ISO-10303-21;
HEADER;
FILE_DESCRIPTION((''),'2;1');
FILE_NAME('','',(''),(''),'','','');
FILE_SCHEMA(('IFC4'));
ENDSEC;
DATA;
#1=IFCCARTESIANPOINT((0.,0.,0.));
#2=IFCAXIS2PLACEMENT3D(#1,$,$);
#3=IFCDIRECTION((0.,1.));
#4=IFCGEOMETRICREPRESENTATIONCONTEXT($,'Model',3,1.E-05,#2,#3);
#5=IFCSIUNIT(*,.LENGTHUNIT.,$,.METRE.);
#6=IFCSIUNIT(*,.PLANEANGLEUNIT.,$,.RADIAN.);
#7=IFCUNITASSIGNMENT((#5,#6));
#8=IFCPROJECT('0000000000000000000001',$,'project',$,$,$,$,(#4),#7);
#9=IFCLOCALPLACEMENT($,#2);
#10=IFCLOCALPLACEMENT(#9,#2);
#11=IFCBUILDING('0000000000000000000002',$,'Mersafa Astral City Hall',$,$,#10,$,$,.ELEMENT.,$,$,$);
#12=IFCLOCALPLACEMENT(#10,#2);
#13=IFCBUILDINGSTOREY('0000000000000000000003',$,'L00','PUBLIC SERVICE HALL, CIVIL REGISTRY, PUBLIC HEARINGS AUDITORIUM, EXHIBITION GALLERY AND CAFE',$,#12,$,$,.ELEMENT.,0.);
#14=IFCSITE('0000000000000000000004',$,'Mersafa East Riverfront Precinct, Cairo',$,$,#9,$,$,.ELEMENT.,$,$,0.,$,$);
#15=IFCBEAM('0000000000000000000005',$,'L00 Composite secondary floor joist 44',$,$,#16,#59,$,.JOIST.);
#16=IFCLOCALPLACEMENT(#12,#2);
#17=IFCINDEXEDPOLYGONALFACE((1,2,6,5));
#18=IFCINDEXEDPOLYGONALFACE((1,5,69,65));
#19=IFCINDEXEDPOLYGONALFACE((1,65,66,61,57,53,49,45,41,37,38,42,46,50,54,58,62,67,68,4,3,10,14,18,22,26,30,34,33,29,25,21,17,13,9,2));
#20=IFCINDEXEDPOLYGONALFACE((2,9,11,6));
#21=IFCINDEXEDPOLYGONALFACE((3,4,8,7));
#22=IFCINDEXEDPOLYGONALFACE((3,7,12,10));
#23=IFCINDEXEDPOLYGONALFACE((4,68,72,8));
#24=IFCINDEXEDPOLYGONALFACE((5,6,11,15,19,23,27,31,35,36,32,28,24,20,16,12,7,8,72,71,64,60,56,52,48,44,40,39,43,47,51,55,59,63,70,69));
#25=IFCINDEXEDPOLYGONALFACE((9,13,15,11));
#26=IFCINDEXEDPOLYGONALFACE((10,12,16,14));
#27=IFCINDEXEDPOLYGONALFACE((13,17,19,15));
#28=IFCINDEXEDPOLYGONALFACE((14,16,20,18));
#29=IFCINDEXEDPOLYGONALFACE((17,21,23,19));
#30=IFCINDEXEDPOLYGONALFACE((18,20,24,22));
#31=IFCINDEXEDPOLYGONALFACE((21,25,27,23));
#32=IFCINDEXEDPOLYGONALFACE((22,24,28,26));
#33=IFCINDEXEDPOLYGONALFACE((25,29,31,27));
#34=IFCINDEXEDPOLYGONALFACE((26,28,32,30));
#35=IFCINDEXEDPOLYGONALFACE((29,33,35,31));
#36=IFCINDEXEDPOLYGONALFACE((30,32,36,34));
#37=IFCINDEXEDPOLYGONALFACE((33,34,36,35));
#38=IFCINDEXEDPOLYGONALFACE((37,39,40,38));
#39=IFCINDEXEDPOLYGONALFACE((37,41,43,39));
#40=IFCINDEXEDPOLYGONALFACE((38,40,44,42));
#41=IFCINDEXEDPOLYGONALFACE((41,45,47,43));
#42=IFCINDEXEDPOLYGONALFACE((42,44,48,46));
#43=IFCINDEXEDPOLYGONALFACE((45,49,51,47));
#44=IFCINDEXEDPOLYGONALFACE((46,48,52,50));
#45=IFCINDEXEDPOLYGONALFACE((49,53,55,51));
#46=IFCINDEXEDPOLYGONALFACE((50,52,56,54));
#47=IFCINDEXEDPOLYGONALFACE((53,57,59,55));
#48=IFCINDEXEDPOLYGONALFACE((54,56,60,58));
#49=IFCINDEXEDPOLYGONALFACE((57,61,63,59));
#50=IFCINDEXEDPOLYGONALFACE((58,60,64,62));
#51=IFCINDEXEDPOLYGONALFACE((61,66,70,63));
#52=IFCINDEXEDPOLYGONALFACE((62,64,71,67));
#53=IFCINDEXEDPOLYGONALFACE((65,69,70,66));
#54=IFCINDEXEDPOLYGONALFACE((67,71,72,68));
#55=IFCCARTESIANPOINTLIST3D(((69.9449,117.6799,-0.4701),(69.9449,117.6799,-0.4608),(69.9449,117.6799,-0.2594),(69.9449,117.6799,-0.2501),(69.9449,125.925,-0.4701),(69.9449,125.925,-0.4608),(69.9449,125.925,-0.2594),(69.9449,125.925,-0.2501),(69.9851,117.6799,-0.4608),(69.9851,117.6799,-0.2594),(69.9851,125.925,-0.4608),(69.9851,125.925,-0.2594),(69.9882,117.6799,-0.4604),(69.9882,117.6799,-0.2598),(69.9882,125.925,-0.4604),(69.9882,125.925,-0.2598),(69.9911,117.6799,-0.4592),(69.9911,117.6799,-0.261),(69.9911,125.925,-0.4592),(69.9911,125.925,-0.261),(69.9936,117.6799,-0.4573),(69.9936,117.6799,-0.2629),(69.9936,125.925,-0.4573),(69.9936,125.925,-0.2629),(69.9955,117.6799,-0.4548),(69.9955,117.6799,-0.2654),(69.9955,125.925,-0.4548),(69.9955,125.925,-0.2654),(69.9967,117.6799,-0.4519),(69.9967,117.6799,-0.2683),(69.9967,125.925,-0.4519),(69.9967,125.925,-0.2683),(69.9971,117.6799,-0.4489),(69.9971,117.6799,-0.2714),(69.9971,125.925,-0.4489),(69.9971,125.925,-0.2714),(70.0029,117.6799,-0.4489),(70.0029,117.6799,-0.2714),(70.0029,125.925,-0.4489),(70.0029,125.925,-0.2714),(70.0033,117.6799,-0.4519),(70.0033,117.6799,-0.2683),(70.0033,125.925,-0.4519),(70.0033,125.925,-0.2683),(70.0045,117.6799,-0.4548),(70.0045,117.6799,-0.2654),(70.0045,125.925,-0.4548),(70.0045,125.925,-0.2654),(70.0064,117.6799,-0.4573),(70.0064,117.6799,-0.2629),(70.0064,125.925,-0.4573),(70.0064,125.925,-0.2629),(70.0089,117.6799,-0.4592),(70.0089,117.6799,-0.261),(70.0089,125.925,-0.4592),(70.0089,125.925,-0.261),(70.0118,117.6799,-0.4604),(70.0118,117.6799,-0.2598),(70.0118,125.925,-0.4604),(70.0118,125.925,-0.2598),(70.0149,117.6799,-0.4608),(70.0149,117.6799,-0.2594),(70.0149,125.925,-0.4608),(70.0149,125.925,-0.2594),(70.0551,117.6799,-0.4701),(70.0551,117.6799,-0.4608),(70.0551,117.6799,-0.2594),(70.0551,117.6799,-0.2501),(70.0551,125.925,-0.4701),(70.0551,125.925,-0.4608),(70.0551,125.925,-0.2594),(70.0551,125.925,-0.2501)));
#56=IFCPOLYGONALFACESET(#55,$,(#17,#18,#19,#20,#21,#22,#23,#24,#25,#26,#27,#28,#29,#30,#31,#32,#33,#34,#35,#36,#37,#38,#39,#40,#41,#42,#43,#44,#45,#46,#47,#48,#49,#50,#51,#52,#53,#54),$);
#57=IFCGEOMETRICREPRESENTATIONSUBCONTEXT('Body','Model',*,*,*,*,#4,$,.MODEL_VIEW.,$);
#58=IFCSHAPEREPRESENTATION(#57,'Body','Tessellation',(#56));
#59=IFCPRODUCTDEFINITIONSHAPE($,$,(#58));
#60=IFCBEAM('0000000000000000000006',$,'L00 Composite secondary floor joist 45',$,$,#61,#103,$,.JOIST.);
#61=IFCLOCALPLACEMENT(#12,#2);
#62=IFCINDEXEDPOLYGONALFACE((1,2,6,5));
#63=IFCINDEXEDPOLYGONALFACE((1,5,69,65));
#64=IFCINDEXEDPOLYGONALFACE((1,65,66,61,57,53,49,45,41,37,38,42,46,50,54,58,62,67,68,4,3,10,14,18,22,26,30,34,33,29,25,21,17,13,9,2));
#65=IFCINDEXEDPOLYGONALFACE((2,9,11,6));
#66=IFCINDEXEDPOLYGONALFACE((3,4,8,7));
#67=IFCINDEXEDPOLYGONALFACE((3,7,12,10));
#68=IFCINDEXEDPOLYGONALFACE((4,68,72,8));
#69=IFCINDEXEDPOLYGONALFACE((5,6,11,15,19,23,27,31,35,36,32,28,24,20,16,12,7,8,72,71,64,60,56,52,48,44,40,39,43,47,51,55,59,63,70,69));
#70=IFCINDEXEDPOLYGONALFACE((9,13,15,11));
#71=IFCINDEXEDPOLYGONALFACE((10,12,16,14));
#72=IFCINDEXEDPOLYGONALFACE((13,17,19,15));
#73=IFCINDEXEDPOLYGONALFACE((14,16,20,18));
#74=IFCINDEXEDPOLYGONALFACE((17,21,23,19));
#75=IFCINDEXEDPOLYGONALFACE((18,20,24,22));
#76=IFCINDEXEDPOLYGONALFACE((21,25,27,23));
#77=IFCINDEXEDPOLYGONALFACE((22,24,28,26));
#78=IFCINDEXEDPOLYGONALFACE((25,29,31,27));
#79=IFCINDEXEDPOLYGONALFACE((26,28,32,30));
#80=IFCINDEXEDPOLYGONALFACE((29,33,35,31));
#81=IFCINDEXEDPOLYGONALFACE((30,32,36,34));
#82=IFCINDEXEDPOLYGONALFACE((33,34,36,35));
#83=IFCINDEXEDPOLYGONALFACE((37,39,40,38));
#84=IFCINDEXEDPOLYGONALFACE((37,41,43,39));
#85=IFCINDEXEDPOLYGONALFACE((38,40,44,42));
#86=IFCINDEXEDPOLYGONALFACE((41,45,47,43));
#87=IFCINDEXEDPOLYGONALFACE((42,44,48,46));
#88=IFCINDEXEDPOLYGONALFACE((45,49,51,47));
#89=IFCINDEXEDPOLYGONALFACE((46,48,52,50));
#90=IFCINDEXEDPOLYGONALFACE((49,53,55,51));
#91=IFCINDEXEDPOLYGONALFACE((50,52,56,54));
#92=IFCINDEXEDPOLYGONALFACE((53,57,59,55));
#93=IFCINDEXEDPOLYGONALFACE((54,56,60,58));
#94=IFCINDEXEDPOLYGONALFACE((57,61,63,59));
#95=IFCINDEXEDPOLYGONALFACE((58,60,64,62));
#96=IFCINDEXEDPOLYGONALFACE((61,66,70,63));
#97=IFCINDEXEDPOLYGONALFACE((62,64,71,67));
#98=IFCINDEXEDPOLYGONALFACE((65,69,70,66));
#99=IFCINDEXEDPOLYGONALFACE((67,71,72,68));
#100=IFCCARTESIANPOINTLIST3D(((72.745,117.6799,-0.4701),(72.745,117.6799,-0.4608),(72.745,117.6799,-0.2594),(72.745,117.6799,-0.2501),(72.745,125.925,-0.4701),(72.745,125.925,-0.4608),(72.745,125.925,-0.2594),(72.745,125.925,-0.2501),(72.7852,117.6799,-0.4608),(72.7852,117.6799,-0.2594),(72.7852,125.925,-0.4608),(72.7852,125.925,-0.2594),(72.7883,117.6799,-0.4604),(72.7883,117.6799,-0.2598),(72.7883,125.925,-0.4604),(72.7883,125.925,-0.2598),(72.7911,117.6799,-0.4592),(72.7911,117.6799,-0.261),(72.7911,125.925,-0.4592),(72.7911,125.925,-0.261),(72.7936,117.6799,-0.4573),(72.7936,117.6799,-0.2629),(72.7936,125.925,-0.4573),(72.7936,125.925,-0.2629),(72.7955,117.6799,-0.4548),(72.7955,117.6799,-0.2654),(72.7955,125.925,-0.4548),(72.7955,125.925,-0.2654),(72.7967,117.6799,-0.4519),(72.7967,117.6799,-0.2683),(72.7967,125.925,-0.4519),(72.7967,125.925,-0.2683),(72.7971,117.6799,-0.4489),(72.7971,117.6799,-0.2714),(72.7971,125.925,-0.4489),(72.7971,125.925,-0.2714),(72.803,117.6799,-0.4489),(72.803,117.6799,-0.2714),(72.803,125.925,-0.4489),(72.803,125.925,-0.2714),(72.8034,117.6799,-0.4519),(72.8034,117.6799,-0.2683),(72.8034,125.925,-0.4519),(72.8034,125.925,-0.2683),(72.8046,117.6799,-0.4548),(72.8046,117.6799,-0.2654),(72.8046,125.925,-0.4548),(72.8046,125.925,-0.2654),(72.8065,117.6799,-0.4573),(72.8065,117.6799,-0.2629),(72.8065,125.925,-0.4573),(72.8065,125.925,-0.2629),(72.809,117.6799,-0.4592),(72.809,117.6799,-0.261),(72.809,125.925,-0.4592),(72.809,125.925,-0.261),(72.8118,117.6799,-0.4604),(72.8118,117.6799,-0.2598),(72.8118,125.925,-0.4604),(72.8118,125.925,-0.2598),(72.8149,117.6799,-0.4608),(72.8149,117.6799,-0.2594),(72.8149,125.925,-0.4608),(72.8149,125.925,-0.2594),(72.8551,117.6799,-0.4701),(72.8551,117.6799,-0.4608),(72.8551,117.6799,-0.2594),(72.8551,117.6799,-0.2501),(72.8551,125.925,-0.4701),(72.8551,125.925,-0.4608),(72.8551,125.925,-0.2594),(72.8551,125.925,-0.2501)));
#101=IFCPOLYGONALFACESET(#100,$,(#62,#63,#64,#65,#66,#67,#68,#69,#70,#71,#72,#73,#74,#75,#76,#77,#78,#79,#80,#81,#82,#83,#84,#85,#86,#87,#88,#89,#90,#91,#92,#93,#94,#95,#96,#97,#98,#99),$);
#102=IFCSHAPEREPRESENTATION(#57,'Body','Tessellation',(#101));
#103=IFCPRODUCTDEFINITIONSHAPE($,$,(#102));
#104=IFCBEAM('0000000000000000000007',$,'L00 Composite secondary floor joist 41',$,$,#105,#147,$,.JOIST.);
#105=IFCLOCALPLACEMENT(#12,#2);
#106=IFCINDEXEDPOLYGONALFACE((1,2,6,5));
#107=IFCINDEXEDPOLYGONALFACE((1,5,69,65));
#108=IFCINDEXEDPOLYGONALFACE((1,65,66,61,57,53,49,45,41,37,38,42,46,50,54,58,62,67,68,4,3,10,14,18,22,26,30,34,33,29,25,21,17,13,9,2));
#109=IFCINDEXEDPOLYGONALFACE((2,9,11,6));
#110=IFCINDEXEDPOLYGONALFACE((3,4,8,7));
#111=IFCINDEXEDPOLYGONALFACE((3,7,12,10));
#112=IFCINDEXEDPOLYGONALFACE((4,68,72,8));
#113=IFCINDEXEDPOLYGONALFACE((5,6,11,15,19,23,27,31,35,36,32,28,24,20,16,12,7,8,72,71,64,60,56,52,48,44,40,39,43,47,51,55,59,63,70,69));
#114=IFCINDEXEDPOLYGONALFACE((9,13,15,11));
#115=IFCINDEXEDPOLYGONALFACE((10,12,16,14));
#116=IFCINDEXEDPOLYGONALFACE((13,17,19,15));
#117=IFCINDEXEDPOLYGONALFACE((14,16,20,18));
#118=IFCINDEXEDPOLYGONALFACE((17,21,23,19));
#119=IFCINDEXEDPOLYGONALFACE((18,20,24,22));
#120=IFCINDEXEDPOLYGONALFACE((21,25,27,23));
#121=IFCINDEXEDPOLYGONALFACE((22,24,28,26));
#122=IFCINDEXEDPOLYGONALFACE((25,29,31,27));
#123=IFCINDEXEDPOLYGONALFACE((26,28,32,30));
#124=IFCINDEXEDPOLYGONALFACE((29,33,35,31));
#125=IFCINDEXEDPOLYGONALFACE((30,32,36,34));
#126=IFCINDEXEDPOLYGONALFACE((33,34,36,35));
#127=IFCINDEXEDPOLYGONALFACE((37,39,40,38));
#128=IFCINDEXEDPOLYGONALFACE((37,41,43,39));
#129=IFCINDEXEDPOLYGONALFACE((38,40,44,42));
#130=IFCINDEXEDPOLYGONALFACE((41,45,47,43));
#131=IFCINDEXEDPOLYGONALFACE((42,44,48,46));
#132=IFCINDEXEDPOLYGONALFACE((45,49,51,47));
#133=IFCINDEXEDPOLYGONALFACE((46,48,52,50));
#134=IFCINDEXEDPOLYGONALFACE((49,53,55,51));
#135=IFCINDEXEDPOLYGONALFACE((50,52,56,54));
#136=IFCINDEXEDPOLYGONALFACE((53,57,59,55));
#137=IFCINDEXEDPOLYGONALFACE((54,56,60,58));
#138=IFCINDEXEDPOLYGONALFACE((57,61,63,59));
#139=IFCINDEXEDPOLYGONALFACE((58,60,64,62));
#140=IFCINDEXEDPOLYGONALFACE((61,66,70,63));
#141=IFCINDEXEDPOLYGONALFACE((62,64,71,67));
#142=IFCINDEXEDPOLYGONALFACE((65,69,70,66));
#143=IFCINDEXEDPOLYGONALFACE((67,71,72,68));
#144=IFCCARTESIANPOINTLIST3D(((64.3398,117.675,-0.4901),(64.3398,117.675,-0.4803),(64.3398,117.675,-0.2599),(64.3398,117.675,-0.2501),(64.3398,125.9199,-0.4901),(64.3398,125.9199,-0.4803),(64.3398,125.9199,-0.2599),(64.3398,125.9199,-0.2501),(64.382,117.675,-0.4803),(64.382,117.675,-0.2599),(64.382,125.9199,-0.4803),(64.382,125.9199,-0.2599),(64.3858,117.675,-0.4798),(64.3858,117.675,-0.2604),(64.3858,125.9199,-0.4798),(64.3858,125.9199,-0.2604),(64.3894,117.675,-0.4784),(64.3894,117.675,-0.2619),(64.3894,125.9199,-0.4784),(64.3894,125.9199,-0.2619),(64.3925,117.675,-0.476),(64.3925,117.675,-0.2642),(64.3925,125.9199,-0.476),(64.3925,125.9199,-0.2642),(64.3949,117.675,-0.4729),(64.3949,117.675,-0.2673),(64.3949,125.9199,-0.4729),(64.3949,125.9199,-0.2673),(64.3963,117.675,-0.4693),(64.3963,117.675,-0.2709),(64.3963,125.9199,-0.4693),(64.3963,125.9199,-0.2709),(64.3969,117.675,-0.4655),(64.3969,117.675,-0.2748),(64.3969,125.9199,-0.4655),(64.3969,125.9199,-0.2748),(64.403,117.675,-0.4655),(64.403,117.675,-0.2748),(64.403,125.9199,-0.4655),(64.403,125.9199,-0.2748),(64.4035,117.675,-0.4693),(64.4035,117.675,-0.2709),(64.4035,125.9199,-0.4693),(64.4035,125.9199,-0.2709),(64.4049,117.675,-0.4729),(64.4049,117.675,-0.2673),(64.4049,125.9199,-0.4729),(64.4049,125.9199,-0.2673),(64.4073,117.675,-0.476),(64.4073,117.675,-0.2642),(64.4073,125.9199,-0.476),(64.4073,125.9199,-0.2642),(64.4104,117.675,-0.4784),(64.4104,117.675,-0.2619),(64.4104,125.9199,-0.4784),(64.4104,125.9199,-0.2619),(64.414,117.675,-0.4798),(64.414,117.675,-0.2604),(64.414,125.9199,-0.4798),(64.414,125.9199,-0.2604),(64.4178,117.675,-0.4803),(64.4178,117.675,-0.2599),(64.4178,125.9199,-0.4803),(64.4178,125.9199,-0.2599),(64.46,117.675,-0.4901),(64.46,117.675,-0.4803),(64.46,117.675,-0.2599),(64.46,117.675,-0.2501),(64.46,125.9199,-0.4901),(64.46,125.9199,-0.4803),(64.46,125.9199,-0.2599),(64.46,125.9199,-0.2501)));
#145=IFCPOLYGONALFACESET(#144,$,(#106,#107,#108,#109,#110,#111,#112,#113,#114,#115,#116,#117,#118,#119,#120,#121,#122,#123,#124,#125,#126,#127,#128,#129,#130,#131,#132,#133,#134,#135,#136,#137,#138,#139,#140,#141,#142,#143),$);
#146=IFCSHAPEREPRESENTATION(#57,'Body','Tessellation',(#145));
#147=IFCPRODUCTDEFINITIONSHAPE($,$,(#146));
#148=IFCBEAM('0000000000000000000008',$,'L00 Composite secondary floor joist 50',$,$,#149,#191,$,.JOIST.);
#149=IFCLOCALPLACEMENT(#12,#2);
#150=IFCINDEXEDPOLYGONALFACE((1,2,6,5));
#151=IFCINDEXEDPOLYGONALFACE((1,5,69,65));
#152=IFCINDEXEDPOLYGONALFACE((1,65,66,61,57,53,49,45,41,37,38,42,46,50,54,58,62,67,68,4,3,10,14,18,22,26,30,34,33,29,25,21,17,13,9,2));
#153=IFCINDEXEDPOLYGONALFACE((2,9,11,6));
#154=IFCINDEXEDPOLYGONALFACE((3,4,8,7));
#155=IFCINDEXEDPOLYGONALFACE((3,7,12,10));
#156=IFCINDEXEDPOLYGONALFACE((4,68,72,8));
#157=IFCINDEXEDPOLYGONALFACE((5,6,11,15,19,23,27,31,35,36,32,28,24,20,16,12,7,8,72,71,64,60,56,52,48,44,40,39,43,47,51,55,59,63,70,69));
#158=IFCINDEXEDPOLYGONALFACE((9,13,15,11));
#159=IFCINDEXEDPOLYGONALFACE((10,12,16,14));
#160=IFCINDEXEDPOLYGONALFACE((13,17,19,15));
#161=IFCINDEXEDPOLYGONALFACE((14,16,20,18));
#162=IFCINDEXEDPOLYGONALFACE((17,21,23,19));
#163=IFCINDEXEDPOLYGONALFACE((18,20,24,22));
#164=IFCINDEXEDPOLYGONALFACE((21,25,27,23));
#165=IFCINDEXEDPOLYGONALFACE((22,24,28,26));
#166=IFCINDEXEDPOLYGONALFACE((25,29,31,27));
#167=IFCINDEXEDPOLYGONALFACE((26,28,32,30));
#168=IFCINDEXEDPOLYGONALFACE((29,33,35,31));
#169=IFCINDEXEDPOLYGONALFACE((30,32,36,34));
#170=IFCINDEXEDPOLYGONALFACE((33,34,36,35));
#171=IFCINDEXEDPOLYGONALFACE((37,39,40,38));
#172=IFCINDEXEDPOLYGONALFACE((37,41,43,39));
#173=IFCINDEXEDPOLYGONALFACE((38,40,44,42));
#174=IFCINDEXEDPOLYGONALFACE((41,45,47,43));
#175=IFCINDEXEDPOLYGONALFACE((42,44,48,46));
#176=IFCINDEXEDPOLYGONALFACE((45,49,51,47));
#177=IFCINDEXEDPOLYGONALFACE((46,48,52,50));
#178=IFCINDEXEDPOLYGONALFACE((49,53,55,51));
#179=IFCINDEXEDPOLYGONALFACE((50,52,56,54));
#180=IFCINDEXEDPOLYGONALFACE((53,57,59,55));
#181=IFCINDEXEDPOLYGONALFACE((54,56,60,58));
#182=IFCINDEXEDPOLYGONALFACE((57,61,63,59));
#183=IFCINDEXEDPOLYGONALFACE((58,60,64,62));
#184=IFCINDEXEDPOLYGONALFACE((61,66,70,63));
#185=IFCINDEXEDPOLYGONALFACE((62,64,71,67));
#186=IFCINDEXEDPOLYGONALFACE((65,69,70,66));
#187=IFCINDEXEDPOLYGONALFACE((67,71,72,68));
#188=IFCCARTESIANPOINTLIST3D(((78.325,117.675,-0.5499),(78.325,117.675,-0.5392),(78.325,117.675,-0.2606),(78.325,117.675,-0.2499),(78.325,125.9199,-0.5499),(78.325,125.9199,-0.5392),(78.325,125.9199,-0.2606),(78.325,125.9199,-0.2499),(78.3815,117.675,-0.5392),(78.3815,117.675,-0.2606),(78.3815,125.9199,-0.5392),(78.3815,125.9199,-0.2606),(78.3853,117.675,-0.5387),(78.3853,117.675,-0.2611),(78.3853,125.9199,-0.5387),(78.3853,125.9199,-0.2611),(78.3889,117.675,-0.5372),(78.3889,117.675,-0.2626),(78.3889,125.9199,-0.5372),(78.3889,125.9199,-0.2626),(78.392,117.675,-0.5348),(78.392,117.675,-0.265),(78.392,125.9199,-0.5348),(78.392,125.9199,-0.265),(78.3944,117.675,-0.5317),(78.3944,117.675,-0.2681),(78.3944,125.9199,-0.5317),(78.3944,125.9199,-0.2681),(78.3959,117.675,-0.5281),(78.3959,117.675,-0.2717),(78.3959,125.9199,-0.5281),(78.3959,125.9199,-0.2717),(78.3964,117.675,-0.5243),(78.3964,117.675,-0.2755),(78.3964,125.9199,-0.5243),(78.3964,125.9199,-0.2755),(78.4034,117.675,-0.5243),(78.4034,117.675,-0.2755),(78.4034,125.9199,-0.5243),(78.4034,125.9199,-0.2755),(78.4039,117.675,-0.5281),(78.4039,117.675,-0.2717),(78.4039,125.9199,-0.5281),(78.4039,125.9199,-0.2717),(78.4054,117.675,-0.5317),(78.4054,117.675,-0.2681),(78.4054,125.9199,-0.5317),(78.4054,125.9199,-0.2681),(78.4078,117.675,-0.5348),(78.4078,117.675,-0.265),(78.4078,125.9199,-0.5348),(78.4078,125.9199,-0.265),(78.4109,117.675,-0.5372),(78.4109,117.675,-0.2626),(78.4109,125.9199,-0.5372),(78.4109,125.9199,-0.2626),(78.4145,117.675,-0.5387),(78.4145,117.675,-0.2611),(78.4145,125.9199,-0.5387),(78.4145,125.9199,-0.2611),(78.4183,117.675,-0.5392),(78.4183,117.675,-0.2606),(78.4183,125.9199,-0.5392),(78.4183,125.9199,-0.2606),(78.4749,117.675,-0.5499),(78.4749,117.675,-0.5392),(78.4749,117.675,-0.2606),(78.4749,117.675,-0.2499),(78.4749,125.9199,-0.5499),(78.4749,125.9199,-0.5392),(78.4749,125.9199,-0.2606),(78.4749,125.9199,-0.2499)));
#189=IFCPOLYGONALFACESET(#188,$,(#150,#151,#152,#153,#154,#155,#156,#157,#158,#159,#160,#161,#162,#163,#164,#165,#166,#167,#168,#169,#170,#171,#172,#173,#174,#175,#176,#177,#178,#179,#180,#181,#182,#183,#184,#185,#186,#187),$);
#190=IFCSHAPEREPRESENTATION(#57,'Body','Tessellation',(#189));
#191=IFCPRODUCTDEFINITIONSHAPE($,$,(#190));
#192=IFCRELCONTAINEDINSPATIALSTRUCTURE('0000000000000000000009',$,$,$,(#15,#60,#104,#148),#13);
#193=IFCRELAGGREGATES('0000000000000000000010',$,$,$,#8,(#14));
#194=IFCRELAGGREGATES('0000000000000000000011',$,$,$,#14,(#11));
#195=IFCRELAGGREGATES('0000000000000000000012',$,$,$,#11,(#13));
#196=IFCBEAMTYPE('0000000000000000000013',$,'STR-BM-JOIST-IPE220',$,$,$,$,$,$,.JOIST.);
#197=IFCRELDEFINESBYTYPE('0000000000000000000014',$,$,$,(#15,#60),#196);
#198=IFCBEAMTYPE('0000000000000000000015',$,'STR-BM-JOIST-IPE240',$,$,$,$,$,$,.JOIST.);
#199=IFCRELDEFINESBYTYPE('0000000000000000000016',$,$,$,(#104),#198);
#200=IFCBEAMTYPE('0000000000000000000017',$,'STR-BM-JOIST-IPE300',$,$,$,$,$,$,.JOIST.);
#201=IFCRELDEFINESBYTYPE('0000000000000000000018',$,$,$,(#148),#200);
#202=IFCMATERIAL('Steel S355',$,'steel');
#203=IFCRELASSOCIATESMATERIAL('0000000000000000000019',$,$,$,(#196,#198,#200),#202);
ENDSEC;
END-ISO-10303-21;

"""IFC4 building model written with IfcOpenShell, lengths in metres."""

from ifc_helpers import new_model, si_unit, direction, frame, origin, origin_2d, place, context, subcontext, project, spatial, i_section, extrude, material, material_profile, profile_set, type_object, element, save


model = new_model("IFC4")

# Units and contexts
model_context = context("Model", 3, precision=1e-05, world=origin(), true_north=direction((0.0, 1.0)))
body_context = subcontext(model_context, "Body", "Model", "MODEL_VIEW")
ifc_project = project(units=[si_unit("LENGTHUNIT", "METRE"), si_unit("PLANEANGLEUNIT", "RADIAN")], contexts=[model_context])

# Site, building, storey
site_placement = place(None, origin())
site = spatial("IfcSite", under=ifc_project, at=site_placement, Name="Mersafa East Riverfront Precinct, Cairo", CompositionType="ELEMENT", RefElevation=0.0)
building_placement = place(site_placement, origin())
building = spatial("IfcBuilding", under=site, at=building_placement, Name="Mersafa Astral City Hall", CompositionType="ELEMENT")
storey_placement = place(building_placement, origin())
storey = spatial("IfcBuildingStorey", under=building, at=storey_placement, Name="L00", Description="PUBLIC SERVICE HALL, CIVIL REGISTRY, PUBLIC HEARINGS AUDITORIUM, EXHIBITION GALLERY AND CAFE", CompositionType="ELEMENT", Elevation=0.0)

# Shared definitions
ifc_material_1 = material(Name="Steel S355", Category="steel")

# Beams
ifc_material_profile_1 = material_profile(ifc_material_1, i_section(OverallWidth=0.1101, OverallDepth=0.22, WebThickness=0.0059, FlangeThickness=0.0093, FilletRadius=0.012, at=origin_2d()), Name="IPE 220")
ifc_profile_set_1 = profile_set([ifc_material_profile_1], Name="Steel S355")
beam_type_1 = type_object("IfcBeamType", Name="STR-BM-JOIST-IPE220", PredefinedType="JOIST", material=ifc_profile_set_1)
for number, where, z_axis, x_axis, name in (
    (1, (70.0, 117.6799, -0.3601), (0.0, 1.0, 0.0), (-1.0, 0.0, 0.0), "L00 Composite secondary floor joist 44"),
    (2, (72.8, 117.6799, -0.3601), (0.0, 1.0, 0.0), (-1.0, 0.0, 0.0), "L00 Composite secondary floor joist 45"),
):
    element("IfcBeam", number, at=place(storey_placement, frame(where, z_axis=z_axis, x_axis=x_axis)), inside=storey, type_object=beam_type_1, Name=name, PredefinedType="JOIST", context=body_context, shape_type="SweptSolid", body=[
        extrude(i_section(OverallWidth=0.1101, OverallDepth=0.22, WebThickness=0.0059, FlangeThickness=0.0093, FilletRadius=0.012, at=origin_2d()), origin(), (0.0, 0.0, 1.0), 8.2451),
    ])
ifc_material_profile_2 = material_profile(ifc_material_1, i_section(OverallWidth=0.1201, OverallDepth=0.24, WebThickness=0.0061, FlangeThickness=0.0098, FilletRadius=0.0149, at=origin_2d()), Name="IPE 240")
ifc_profile_set_2 = profile_set([ifc_material_profile_2], Name="Steel S355")
beam_type_2 = type_object("IfcBeamType", Name="STR-BM-JOIST-IPE240", PredefinedType="JOIST", material=ifc_profile_set_2)
beam_1_placement = place(storey_placement, frame((64.3999, 117.675, -0.3701), z_axis=(0.0, 1.0, 0.0), x_axis=(-1.0, 0.0, 0.0)))
element("IfcBeam", 3, at=beam_1_placement, inside=storey, type_object=beam_type_2, Name="L00 Composite secondary floor joist 41", PredefinedType="JOIST", context=body_context, shape_type="SweptSolid", body=[
    extrude(i_section(OverallWidth=0.1201, OverallDepth=0.24, WebThickness=0.0061, FlangeThickness=0.0098, FilletRadius=0.0149, at=origin_2d()), origin(), (0.0, 0.0, 1.0), 8.2449),
])
ifc_material_profile_3 = material_profile(ifc_material_1, i_section(OverallWidth=0.1499, OverallDepth=0.3, WebThickness=0.0071, FlangeThickness=0.0107, FilletRadius=0.0149, at=origin_2d()), Name="IPE 300")
ifc_profile_set_3 = profile_set([ifc_material_profile_3], Name="Steel S355")
beam_type_3 = type_object("IfcBeamType", Name="STR-BM-JOIST-IPE300", PredefinedType="JOIST", material=ifc_profile_set_3)
beam_2_placement = place(storey_placement, frame((78.3999, 117.675, -0.3999), z_axis=(0.0, 1.0, 0.0), x_axis=(-1.0, 0.0, 0.0)))
element("IfcBeam", 4, at=beam_2_placement, inside=storey, type_object=beam_type_3, Name="L00 Composite secondary floor joist 50", PredefinedType="JOIST", context=body_context, shape_type="SweptSolid", body=[
    extrude(i_section(OverallWidth=0.1499, OverallDepth=0.3, WebThickness=0.0071, FlangeThickness=0.0107, FilletRadius=0.0149, at=origin_2d()), origin(), (0.0, 0.0, 1.0), 8.2449),
])

save(model, "model.ifc")
